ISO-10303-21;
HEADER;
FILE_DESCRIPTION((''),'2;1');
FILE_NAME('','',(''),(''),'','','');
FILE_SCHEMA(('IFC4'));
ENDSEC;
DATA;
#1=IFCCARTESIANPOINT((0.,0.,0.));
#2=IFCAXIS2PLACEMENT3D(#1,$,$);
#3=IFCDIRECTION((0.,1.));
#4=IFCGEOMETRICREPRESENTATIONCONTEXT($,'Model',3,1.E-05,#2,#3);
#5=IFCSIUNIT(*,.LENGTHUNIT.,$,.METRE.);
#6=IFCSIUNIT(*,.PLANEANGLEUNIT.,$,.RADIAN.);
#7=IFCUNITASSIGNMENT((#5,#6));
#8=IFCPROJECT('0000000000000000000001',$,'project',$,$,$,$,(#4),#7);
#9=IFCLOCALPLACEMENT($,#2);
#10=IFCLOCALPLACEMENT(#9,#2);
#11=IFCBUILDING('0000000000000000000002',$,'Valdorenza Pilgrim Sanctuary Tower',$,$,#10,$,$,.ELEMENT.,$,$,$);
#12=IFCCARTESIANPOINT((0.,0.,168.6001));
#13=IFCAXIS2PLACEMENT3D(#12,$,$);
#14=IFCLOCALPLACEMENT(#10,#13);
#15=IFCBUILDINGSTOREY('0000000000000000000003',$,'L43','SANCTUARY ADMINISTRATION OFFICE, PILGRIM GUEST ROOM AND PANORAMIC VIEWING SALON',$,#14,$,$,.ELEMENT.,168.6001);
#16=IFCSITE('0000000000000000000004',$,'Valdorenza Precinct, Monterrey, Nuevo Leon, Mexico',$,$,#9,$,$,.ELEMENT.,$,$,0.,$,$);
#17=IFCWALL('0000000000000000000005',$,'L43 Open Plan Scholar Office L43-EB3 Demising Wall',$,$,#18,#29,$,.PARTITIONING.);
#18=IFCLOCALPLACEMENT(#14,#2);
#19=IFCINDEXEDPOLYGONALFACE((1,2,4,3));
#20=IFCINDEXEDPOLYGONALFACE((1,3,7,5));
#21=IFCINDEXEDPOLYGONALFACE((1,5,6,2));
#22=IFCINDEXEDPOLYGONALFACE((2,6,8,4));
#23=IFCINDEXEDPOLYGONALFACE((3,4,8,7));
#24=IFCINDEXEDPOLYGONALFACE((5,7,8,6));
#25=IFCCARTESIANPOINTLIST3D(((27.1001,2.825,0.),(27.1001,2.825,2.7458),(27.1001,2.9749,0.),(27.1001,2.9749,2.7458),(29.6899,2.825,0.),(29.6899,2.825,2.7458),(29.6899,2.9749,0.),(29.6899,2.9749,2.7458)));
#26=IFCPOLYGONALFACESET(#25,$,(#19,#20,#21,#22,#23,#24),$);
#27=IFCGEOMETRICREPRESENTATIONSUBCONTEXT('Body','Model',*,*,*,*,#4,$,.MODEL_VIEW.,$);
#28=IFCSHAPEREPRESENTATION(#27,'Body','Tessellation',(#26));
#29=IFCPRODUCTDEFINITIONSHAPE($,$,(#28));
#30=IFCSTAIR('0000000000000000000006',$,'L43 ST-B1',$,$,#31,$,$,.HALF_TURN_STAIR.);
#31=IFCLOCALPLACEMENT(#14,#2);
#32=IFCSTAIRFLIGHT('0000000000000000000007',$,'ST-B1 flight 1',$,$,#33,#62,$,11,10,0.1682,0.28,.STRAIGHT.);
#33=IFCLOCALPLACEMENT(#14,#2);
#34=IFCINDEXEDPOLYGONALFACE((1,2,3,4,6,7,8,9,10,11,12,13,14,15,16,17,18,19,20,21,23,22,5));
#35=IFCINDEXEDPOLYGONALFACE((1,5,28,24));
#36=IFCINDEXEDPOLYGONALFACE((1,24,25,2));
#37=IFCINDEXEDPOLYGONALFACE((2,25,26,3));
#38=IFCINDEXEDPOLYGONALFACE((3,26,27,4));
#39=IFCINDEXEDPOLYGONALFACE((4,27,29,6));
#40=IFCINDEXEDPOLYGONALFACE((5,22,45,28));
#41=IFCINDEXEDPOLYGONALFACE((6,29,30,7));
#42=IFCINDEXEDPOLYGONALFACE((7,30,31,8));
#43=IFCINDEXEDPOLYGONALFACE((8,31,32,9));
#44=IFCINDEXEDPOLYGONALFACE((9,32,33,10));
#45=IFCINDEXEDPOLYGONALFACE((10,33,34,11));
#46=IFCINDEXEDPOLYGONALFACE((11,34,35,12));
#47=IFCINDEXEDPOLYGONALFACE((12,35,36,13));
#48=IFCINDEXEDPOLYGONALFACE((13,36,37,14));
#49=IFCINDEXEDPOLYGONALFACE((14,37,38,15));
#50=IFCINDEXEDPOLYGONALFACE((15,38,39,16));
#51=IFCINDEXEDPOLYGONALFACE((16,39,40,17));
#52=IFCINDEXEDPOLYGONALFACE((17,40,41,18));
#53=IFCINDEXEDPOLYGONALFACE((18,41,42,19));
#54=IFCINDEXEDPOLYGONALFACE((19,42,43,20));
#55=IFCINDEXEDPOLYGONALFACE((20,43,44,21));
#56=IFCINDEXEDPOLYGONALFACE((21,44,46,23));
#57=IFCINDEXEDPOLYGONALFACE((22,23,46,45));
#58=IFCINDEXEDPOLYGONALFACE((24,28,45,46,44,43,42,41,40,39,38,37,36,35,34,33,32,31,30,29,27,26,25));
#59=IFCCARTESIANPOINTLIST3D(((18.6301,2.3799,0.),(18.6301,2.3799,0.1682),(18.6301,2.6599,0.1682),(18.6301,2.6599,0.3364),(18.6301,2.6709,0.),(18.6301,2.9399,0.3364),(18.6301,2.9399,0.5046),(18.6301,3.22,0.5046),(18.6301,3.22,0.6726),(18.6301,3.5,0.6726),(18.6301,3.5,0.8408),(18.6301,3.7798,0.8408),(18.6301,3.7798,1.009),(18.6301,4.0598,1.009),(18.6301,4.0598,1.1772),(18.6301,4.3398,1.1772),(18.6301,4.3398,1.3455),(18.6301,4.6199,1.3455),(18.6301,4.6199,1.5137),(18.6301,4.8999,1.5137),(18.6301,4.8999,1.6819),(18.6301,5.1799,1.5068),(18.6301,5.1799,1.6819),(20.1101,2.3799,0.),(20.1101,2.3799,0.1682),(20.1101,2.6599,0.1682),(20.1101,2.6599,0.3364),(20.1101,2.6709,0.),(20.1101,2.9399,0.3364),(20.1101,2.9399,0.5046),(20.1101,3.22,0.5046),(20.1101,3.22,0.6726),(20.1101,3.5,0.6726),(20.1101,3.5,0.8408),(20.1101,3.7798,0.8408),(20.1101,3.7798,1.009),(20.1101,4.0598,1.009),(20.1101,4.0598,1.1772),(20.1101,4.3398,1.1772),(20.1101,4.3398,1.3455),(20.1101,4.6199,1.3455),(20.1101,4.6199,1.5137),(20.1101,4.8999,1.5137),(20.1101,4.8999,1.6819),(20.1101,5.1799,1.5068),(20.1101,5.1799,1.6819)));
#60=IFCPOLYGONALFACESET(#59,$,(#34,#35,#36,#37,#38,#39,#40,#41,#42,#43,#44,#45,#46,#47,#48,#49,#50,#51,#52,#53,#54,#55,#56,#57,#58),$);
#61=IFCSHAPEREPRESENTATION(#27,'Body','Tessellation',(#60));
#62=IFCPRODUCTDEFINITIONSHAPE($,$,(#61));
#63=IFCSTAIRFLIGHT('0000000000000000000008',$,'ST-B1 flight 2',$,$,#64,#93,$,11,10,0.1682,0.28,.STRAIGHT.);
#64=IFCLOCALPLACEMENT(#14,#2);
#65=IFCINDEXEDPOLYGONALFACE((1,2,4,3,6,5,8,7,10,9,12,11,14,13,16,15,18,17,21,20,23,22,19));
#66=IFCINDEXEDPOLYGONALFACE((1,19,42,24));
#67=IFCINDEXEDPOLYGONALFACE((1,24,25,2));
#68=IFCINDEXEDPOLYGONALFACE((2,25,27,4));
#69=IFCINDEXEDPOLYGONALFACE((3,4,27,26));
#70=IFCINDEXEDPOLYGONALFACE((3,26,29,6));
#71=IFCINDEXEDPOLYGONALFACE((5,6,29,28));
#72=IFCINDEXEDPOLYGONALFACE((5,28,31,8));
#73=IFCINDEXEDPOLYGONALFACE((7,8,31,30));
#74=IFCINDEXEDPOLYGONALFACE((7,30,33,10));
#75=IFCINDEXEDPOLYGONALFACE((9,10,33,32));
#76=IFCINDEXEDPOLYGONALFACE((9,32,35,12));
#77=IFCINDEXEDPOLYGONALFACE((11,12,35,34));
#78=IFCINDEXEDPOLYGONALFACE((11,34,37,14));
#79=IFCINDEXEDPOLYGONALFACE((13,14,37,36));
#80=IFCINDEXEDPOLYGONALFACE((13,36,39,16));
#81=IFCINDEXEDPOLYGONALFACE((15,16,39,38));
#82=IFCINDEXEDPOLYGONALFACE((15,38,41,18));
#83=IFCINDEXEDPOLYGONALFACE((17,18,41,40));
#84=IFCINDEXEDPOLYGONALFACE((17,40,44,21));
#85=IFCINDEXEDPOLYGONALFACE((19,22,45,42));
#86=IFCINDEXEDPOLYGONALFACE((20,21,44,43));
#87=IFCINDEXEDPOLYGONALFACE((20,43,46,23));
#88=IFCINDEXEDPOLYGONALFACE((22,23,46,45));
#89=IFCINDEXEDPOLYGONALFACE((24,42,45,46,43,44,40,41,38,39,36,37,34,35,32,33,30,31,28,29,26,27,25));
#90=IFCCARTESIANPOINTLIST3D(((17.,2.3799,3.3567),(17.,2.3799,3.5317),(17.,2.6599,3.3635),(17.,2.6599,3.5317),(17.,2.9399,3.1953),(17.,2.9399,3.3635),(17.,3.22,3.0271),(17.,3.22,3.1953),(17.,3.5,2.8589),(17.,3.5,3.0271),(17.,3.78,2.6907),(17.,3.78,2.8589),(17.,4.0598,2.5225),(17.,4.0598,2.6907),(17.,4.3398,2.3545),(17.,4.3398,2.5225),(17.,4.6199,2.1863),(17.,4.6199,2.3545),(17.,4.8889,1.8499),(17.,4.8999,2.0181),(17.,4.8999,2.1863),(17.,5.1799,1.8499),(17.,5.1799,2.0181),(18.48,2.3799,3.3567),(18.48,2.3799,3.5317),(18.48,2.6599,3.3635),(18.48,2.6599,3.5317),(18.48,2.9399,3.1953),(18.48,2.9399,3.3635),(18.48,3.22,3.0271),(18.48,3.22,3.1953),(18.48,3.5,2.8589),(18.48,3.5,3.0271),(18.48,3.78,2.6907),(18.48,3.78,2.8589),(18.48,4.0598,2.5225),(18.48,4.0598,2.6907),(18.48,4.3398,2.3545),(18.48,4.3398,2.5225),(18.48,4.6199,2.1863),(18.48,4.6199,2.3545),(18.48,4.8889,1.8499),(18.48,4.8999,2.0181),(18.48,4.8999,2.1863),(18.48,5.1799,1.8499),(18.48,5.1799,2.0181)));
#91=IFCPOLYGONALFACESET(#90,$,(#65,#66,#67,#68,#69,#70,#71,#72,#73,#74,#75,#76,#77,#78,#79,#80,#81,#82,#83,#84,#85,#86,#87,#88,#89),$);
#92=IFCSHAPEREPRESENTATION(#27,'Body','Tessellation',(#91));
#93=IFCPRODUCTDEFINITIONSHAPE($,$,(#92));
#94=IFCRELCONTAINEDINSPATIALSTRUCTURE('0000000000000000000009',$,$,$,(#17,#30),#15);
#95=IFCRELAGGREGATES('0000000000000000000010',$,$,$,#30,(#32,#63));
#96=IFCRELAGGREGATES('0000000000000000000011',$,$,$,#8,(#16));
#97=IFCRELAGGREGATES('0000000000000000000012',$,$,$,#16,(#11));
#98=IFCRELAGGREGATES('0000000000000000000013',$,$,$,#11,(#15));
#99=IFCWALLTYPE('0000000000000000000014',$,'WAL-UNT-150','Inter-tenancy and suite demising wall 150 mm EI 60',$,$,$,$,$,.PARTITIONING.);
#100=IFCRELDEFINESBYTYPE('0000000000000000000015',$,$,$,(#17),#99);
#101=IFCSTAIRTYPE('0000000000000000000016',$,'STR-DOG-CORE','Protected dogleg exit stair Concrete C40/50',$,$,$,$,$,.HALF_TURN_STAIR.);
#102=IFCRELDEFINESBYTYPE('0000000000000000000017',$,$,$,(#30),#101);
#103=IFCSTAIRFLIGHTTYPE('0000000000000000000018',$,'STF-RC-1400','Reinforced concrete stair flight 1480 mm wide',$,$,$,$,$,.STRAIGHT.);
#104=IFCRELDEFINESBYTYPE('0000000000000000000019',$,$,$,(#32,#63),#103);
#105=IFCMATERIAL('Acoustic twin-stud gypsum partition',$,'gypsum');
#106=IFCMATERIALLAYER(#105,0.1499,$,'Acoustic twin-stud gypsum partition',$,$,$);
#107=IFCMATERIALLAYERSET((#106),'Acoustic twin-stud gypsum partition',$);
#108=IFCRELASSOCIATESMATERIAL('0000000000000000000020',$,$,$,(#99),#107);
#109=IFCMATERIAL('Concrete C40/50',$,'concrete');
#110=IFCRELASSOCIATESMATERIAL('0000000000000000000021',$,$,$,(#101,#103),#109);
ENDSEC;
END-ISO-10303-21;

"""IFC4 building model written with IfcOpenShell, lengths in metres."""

from ifc_helpers import new_model, si_unit, direction, frame, frame_2d, origin, place, context, subcontext, project, spatial, polyline, rectangle, outline, extrude, material, layer, layer_set, type_object, element, aggregate, save


model = new_model("IFC4")

# Units and contexts
model_context = context("Model", 3, precision=1e-05, world=origin(), true_north=direction((0.0, 1.0)))
body_context = subcontext(model_context, "Body", "Model", "MODEL_VIEW")
ifc_project = project(units=[si_unit("LENGTHUNIT", "METRE"), si_unit("PLANEANGLEUNIT", "RADIAN")], contexts=[model_context])

# Site, building, storey
site_placement = place(None, origin())
site = spatial("IfcSite", under=ifc_project, at=site_placement, Name="Valdorenza Precinct, Monterrey, Nuevo Leon, Mexico", CompositionType="ELEMENT", RefElevation=0.0)
building_placement = place(site_placement, origin())
building = spatial("IfcBuilding", under=site, at=building_placement, Name="Valdorenza Pilgrim Sanctuary Tower", CompositionType="ELEMENT")
storey_placement = place(building_placement, frame((0.0, 0.0, 168.6001)))
storey = spatial("IfcBuildingStorey", under=building, at=storey_placement, Name="L43", Description="SANCTUARY ADMINISTRATION OFFICE, PILGRIM GUEST ROOM AND PANORAMIC VIEWING SALON", CompositionType="ELEMENT", Elevation=168.6001)

# Shared definitions
ifc_material_1 = material(Name="Acoustic twin-stud gypsum partition", Category="gypsum")

# Shared definitions
ifc_material_2 = material(Name="Concrete C40/50", Category="concrete")

# Wall
ifc_layer_1 = layer(ifc_material_1, 0.1499, Name="Acoustic twin-stud gypsum partition")
ifc_layer_set_1 = layer_set([ifc_layer_1], Name="Acoustic twin-stud gypsum partition")
wall_type_1 = type_object("IfcWallType", Name="WAL-UNT-150", Description="Inter-tenancy and suite demising wall 150 mm EI 60", PredefinedType="PARTITIONING", material=ifc_layer_set_1)
wall_1_placement = place(storey_placement, frame((27.1001, 2.8999, 0.0), z_axis=(0.0, 0.0, 1.0), x_axis=(1.0, 0.0, 0.0)))
element("IfcWall", 1, at=wall_1_placement, inside=storey, type_object=wall_type_1, Name="L43 Open Plan Scholar Office L43-EB3 Demising Wall", PredefinedType="PARTITIONING", context=body_context, shape_type="SweptSolid", body=[
    extrude(rectangle(XDim=2.5898, YDim=0.1499, at=frame_2d((1.2949, 0.0))), origin(), (0.0, 0.0, 1.0), 2.7458),
])

# Stair, stair flights
stair_type = type_object("IfcStairType", Name="STR-DOG-CORE", Description="Protected dogleg exit stair Concrete C40/50", PredefinedType="HALF_TURN_STAIR", material=ifc_material_2)
stair_placement = place(storey_placement, origin())
stair = element("IfcStair", 2, at=stair_placement, inside=storey, type_object=stair_type, Name="L43 ST-B1", PredefinedType="HALF_TURN_STAIR")
stair_flight_type = type_object("IfcStairFlightType", Name="STF-RC-1400", Description="Reinforced concrete stair flight 1480 mm wide", PredefinedType="STRAIGHT", material=ifc_material_2)
stair_flight_1_placement = place(storey_placement, frame((19.3701, 2.3799, 0.0), z_axis=(0.0, 0.0, 1.0), x_axis=(0.0, 1.0, 0.0)))
stair_flight_1 = element("IfcStairFlight", 3, at=stair_flight_1_placement, type_object=stair_flight_type, Name="ST-B1 flight 1", NumberOfRisers=11, NumberOfTreads=10, PredefinedType="STRAIGHT", RiserHeight=0.1682, TreadLength=0.28, context=body_context, shape_type="SweptSolid", body=[
    extrude(outline(polyline([(0.0, 0.0), (0.0, 0.1682), (0.28, 0.1682), (0.28, 0.3364), (0.5601, 0.3364), (0.5601, 0.5046), (0.8401, 0.5046), (0.8401, 0.6726), (1.1201, 0.6726), (1.1201, 0.8408), (1.3999, 0.8408), (1.3999, 1.009), (1.6799, 1.009), (1.6799, 1.1772), (1.96, 1.1772), (1.96, 1.3455), (2.24, 1.3455), (2.24, 1.5137), (2.52, 1.5137), (2.52, 1.6819), (2.8, 1.6819), (2.8, 1.8501), (2.8, 1.5068), (0.291, 0.0), (0.0, 0.0)])), frame((0.0, 0.74, 0.0), z_axis=(0.0, -1.0, 0.0), x_axis=(1.0, 0.0, 0.0)), (0.0, 0.0, 1.0), 1.48),
])
stair_flight_2_placement = place(storey_placement, frame((17.74, 5.1799, 1.8499), z_axis=(0.0, 0.0, 1.0), x_axis=(0.0, -1.0, 0.0)))
stair_flight_2 = element("IfcStairFlight", 4, at=stair_flight_2_placement, type_object=stair_flight_type, Name="ST-B1 flight 2", NumberOfRisers=11, NumberOfTreads=10, PredefinedType="STRAIGHT", RiserHeight=0.1682, TreadLength=0.28, context=body_context, shape_type="SweptSolid", body=[
    extrude(outline(polyline([(0.0, 0.0), (0.0, 0.1682), (0.28, 0.1682), (0.28, 0.3364), (0.5601, 0.3364), (0.5601, 0.5046), (0.8401, 0.5046), (0.8401, 0.6726), (1.1201, 0.6726), (1.1201, 0.8408), (1.3999, 0.8408), (1.3999, 1.009), (1.6799, 1.009), (1.6799, 1.1772), (1.96, 1.1772), (1.96, 1.3455), (2.24, 1.3455), (2.24, 1.5137), (2.52, 1.5137), (2.52, 1.6819), (2.8, 1.6819), (2.8, 1.8501), (2.8, 1.5068), (0.291, 0.0), (0.0, 0.0)])), frame((0.0, 0.74, 0.0), z_axis=(0.0, -1.0, 0.0), x_axis=(1.0, 0.0, 0.0)), (0.0, 0.0, 1.0), 1.48),
])
aggregate(stair, [stair_flight_1, stair_flight_2])

save(model, "model.ifc")
